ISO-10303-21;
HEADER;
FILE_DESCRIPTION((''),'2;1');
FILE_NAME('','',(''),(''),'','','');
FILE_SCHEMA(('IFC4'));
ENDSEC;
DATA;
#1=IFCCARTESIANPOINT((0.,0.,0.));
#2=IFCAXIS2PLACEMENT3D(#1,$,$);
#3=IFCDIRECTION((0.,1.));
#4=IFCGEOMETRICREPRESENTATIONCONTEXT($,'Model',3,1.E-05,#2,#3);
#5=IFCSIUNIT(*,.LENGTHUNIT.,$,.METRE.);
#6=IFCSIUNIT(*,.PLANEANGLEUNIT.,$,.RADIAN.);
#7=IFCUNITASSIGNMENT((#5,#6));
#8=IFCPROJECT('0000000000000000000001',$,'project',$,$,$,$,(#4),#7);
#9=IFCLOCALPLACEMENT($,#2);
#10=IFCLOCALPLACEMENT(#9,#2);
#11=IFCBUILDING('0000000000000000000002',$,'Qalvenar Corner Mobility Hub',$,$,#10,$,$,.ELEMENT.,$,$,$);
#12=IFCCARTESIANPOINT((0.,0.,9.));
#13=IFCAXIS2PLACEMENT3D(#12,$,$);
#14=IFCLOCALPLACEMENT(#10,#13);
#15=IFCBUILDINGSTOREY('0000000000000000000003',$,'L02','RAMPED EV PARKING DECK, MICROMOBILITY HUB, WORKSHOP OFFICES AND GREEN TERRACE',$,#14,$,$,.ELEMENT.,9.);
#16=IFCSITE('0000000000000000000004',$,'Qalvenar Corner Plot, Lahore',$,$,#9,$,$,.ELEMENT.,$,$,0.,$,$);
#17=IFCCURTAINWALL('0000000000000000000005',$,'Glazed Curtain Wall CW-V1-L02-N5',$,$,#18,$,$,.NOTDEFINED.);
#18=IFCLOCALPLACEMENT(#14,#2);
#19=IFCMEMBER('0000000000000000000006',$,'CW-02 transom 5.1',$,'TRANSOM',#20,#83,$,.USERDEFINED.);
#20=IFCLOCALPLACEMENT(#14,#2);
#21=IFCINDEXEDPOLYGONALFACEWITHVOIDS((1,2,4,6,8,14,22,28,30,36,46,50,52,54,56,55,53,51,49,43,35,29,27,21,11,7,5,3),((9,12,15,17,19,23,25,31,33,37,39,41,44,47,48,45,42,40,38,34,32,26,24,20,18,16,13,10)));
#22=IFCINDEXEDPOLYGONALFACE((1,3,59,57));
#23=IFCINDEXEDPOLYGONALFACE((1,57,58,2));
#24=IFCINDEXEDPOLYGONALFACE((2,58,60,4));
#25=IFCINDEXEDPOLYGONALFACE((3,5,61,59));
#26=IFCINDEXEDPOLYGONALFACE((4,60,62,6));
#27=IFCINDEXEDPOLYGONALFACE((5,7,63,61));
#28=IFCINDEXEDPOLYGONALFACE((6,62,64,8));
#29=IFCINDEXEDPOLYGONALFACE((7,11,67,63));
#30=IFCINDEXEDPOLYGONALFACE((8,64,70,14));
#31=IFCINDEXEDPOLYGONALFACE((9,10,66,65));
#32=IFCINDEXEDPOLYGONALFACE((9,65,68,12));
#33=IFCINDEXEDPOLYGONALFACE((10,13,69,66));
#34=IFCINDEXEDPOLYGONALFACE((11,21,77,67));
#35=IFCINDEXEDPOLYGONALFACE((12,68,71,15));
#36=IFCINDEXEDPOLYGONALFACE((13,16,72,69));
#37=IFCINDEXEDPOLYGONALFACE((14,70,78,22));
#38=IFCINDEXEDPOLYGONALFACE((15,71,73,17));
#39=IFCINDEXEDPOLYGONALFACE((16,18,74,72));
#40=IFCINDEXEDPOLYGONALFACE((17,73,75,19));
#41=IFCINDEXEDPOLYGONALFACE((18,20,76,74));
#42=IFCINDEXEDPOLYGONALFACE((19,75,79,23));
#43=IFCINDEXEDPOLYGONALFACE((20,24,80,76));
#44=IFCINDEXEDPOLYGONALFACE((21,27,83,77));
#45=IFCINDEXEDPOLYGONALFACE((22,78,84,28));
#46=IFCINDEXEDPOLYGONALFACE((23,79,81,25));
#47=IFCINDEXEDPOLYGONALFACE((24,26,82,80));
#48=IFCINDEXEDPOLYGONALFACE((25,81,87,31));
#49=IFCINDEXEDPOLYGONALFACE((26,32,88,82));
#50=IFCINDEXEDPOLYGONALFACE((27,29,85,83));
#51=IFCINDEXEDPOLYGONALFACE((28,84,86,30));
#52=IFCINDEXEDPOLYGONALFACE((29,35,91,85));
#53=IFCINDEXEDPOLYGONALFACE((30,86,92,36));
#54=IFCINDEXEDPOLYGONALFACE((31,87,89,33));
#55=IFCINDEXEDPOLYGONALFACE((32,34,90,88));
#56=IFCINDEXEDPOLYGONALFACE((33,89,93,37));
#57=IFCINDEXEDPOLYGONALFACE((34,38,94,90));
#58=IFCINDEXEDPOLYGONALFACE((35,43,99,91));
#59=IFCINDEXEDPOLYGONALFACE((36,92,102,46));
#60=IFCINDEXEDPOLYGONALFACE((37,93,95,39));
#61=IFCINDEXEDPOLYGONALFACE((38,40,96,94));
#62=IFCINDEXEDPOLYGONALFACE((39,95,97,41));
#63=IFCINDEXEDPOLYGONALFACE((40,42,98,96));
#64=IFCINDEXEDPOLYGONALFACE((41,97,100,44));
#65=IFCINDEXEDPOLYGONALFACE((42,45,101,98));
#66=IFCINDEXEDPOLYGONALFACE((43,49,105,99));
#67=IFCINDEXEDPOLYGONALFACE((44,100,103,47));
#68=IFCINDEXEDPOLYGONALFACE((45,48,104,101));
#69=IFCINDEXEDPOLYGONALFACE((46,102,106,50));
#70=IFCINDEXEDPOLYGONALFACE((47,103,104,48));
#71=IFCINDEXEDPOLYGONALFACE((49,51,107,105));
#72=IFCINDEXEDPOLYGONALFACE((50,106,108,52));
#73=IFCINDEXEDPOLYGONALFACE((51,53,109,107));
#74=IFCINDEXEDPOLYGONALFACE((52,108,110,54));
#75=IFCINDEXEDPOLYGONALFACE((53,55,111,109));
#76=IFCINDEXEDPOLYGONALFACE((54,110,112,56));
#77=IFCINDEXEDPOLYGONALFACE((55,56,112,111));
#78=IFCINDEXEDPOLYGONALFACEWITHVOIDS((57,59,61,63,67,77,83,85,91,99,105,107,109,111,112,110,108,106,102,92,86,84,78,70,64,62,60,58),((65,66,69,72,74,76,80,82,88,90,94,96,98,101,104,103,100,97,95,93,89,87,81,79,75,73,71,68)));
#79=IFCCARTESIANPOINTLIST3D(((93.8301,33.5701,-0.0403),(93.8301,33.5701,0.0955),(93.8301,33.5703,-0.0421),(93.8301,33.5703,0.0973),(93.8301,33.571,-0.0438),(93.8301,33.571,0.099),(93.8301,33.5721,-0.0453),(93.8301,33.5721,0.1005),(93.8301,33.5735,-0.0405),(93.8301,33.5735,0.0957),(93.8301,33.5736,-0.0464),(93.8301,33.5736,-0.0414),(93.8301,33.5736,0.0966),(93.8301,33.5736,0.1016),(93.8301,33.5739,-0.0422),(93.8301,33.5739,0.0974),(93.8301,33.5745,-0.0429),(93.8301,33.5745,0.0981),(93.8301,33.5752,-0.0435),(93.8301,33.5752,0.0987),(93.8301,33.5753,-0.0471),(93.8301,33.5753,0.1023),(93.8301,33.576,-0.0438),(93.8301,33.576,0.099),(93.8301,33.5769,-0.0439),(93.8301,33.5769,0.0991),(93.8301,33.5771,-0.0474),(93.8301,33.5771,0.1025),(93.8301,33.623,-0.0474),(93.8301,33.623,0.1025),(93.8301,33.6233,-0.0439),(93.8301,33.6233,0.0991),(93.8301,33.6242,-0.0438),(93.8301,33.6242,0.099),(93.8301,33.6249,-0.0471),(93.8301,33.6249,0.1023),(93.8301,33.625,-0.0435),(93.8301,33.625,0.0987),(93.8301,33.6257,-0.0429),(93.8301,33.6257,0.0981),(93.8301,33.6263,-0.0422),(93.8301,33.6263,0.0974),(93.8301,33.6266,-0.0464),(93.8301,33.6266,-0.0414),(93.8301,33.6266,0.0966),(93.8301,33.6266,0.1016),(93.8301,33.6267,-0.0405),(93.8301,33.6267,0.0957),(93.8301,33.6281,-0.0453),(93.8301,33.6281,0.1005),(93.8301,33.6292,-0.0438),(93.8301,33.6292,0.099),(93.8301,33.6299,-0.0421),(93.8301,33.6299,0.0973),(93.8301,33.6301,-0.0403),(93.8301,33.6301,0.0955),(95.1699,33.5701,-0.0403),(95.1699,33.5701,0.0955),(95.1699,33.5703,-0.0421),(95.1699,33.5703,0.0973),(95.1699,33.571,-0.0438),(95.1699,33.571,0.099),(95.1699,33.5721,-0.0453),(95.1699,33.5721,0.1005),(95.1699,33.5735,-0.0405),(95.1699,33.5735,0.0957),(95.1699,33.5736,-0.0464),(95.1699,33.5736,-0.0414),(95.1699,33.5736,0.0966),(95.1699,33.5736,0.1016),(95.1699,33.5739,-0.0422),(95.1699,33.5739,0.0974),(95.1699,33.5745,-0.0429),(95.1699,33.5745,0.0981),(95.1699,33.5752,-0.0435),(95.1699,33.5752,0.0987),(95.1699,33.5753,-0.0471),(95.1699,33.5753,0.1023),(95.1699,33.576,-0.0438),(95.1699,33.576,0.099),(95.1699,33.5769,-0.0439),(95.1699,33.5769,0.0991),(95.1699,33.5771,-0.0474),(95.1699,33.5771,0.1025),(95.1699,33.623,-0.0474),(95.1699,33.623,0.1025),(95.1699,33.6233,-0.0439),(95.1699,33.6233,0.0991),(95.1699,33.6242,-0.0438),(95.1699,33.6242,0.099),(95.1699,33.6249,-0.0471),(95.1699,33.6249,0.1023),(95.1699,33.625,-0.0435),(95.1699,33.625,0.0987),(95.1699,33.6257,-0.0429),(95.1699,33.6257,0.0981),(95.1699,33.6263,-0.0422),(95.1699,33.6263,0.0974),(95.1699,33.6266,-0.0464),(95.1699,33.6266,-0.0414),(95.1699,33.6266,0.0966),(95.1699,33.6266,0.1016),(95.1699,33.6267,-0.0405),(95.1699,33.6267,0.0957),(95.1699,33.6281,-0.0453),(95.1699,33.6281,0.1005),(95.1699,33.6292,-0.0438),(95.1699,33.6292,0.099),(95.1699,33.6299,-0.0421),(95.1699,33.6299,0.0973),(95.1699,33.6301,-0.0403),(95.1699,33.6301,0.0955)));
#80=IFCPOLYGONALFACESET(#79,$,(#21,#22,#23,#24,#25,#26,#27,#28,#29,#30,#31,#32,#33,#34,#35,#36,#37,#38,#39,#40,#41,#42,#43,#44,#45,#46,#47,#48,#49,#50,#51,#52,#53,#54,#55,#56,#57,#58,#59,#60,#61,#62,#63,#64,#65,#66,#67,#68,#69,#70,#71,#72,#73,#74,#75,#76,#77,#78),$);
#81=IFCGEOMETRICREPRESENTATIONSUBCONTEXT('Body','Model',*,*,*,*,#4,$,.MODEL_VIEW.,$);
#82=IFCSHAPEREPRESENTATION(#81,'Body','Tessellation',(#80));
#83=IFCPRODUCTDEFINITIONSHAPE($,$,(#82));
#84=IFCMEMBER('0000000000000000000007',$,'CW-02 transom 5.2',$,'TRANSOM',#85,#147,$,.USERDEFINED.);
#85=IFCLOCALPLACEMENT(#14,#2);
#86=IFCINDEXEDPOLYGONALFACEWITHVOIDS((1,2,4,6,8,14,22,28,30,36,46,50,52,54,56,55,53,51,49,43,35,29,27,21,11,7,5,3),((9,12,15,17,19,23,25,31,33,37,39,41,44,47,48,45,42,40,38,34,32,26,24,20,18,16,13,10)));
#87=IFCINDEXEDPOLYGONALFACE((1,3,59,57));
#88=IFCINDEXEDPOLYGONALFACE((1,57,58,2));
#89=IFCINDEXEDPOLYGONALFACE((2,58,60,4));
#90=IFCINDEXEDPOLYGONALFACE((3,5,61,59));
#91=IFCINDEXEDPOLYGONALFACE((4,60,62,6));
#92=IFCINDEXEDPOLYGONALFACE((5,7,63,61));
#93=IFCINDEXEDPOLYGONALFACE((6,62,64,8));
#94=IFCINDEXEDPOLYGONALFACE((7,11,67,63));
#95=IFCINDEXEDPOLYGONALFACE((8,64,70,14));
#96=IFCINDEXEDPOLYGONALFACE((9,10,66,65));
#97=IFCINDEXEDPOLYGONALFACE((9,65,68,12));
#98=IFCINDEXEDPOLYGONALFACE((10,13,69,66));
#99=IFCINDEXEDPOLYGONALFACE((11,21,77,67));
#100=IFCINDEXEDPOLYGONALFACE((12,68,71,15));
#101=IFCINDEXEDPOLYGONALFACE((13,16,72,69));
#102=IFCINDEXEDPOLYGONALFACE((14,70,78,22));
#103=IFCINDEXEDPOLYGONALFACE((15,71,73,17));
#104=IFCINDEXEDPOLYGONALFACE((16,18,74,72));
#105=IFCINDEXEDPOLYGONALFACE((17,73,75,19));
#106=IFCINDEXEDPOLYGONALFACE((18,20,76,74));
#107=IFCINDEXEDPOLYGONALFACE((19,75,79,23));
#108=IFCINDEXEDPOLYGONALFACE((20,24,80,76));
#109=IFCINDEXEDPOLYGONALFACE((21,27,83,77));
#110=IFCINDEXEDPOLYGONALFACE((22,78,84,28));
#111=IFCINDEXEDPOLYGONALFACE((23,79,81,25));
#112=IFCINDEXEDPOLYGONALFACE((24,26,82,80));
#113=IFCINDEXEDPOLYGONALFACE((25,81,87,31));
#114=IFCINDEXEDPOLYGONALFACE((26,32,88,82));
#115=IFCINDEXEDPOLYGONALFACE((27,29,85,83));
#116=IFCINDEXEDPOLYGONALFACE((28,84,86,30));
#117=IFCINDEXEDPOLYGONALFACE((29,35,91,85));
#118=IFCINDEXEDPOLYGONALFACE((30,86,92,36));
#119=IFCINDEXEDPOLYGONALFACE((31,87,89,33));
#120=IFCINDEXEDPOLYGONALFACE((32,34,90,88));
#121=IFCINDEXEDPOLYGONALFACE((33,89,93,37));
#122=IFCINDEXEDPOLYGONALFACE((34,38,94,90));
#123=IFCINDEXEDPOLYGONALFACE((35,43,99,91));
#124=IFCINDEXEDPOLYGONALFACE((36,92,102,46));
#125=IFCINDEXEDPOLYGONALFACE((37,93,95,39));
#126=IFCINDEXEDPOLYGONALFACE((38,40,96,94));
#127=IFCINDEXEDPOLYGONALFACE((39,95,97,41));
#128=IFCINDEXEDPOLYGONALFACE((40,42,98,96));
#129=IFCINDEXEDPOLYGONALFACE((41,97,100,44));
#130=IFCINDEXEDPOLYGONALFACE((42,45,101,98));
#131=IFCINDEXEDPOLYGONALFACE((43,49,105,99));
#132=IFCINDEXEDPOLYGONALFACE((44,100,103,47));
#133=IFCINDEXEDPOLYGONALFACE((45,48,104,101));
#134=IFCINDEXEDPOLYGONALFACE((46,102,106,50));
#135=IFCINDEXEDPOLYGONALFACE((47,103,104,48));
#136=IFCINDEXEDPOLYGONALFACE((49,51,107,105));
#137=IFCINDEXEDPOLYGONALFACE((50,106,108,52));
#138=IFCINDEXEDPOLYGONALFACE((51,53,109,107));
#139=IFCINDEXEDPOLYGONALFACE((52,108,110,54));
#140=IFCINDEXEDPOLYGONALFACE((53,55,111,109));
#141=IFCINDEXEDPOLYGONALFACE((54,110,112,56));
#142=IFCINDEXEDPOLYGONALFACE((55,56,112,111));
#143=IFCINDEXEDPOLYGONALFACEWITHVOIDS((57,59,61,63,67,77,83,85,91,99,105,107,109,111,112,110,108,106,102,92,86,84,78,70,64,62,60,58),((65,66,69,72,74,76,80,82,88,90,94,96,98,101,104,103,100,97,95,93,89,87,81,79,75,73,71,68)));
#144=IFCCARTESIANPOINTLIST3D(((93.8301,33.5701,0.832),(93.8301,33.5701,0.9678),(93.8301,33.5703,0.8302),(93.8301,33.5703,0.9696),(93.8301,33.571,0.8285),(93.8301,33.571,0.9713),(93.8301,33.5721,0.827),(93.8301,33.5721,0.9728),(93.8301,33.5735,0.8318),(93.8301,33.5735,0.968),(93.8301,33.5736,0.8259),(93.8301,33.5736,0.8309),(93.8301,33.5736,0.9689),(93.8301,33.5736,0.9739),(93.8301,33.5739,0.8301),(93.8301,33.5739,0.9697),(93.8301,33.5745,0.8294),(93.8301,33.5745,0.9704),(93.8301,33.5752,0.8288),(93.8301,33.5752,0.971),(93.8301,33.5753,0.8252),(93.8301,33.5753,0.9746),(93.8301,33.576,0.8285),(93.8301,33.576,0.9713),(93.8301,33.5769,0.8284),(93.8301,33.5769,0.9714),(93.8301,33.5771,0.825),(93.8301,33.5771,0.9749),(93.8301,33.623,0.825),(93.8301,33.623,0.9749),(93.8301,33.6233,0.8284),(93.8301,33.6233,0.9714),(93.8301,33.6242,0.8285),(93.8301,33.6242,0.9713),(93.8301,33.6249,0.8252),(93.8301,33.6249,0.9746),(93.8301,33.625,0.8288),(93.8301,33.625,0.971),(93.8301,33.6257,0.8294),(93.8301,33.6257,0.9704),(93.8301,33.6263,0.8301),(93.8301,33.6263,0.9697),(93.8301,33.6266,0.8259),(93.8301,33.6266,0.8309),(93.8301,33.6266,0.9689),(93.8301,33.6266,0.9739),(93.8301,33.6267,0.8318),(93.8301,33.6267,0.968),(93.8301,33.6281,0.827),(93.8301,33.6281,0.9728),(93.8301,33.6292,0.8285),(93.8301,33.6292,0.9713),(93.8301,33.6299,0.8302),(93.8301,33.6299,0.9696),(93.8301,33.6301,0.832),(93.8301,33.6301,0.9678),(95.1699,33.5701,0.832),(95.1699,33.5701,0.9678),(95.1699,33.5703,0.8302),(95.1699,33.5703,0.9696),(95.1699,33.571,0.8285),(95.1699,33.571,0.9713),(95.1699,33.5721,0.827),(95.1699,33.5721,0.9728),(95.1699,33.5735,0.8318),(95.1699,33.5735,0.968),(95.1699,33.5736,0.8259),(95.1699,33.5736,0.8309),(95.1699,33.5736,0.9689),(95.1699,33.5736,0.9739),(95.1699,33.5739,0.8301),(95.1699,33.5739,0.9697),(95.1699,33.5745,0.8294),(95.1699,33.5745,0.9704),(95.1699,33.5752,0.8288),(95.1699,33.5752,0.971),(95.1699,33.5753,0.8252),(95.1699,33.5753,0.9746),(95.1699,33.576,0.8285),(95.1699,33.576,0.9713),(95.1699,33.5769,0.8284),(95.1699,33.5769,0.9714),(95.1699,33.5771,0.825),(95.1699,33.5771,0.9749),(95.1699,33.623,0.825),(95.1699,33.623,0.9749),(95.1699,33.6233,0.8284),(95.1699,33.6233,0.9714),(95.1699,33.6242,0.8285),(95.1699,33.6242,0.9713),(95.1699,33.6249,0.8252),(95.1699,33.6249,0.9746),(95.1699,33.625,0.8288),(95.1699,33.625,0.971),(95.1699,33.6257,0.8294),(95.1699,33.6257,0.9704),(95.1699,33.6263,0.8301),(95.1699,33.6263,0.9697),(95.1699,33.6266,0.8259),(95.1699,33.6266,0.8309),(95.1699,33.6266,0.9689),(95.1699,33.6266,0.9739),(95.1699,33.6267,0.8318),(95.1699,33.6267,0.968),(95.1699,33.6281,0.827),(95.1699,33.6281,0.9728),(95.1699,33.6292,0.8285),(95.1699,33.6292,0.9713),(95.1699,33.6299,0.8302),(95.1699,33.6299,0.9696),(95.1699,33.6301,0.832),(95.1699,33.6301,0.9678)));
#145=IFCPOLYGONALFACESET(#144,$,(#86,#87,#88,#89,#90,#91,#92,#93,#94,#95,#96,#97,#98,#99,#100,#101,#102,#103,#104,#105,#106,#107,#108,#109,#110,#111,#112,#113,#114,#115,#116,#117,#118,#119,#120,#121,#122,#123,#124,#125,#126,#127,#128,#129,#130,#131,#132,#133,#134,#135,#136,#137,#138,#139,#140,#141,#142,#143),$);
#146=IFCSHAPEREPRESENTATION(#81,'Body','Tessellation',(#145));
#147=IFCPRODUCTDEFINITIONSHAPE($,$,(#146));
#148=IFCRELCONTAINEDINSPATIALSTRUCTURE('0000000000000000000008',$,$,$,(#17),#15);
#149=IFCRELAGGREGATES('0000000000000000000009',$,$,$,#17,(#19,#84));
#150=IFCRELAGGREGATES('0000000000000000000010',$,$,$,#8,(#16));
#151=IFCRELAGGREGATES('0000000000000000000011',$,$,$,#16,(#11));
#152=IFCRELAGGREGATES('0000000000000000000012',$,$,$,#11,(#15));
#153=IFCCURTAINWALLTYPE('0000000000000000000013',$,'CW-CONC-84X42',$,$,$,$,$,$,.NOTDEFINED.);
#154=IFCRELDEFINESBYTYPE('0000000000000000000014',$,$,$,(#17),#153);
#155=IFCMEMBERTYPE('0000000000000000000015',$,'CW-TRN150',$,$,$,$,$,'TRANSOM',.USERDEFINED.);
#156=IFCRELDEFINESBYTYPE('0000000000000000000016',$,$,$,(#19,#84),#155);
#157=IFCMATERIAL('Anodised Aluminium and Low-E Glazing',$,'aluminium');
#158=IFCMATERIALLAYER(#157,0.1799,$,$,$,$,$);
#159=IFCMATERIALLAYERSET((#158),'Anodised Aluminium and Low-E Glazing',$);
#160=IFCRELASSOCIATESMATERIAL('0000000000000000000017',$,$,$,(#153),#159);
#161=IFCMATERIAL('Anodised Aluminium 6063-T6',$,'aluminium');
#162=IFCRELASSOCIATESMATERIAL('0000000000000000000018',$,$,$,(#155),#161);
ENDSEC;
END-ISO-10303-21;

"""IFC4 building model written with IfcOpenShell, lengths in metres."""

from ifc_helpers import new_model, si_unit, direction, frame, origin, origin_2d, place, context, subcontext, project, spatial, hollow_rectangle, extrude, material, layer, layer_set, material_profile, profile_set, type_object, element, aggregate, save


model = new_model("IFC4")

# Units and contexts
model_context = context("Model", 3, precision=1e-05, world=origin(), true_north=direction((0.0, 1.0)))
body_context = subcontext(model_context, "Body", "Model", "MODEL_VIEW")
ifc_project = project(units=[si_unit("LENGTHUNIT", "METRE"), si_unit("PLANEANGLEUNIT", "RADIAN")], contexts=[model_context])

# Site, building, storey
site_placement = place(None, origin())
site = spatial("IfcSite", under=ifc_project, at=site_placement, Name="Qalvenar Corner Plot, Lahore", CompositionType="ELEMENT", RefElevation=0.0)
building_placement = place(site_placement, origin())
building = spatial("IfcBuilding", under=site, at=building_placement, Name="Qalvenar Corner Mobility Hub", CompositionType="ELEMENT")
storey_placement = place(building_placement, frame((0.0, 0.0, 9.0)))
storey = spatial("IfcBuildingStorey", under=building, at=storey_placement, Name="L02", Description="RAMPED EV PARKING DECK, MICROMOBILITY HUB, WORKSHOP OFFICES AND GREEN TERRACE", CompositionType="ELEMENT", Elevation=9.0)

# Curtain wall, members
ifc_material_1 = material(Name="Anodised Aluminium and Low-E Glazing", Category="aluminium")
ifc_layer_1 = layer(ifc_material_1, 0.1799)
ifc_layer_set_1 = layer_set([ifc_layer_1], Name="Anodised Aluminium and Low-E Glazing")
curtain_wall_type = type_object("IfcCurtainWallType", Name="CW-CONC-84X42", PredefinedType="NOTDEFINED", material=ifc_layer_set_1)
curtain_wall_placement = place(storey_placement, origin())
curtain_wall = element("IfcCurtainWall", 1, at=curtain_wall_placement, inside=storey, type_object=curtain_wall_type, Name="Glazed Curtain Wall CW-V1-L02-N5", PredefinedType="NOTDEFINED")
ifc_material_2 = material(Name="Anodised Aluminium 6063-T6", Category="aluminium")
ifc_material_profile_1 = material_profile(ifc_material_2, hollow_rectangle(XDim=0.0601, YDim=0.1499, WallThickness=0.0034, InnerFilletRadius=0.0034, OuterFilletRadius=0.0071, at=origin_2d()), Name="RHS150x60x3.5")
ifc_profile_set_1 = profile_set([ifc_material_profile_1], Name="Anodised Aluminium 6063-T6")
member_type_1 = type_object("IfcMemberType", Name="CW-TRN150", ElementType="TRANSOM", PredefinedType="USERDEFINED", material=ifc_profile_set_1)
member_1_placement = place(storey_placement, frame((95.1699, 33.6001, 0.0276), z_axis=(-1.0, 0.0, 0.0), x_axis=(0.0, -1.0, 0.0)))
member_1 = element("IfcMember", 2, at=member_1_placement, type_object=member_type_1, Name="CW-02 transom 5.1", ObjectType="TRANSOM", PredefinedType="USERDEFINED", context=body_context, shape_type="SweptSolid", body=[
    extrude(hollow_rectangle(XDim=0.0601, YDim=0.1499, WallThickness=0.0034, InnerFilletRadius=0.0034, OuterFilletRadius=0.0071, at=origin_2d()), origin(), (0.0, 0.0, 1.0), 1.3398),
])
member_2_placement = place(storey_placement, frame((95.1699, 33.6001, 0.8999), z_axis=(-1.0, 0.0, 0.0), x_axis=(0.0, -1.0, 0.0)))
member_2 = element("IfcMember", 3, at=member_2_placement, type_object=member_type_1, Name="CW-02 transom 5.2", ObjectType="TRANSOM", PredefinedType="USERDEFINED", context=body_context, shape_type="SweptSolid", body=[
    extrude(hollow_rectangle(XDim=0.0601, YDim=0.1499, WallThickness=0.0034, InnerFilletRadius=0.0034, OuterFilletRadius=0.0071, at=origin_2d()), origin(), (0.0, 0.0, 1.0), 1.3398),
])
aggregate(curtain_wall, [member_1, member_2])

save(model, "model.ifc")
